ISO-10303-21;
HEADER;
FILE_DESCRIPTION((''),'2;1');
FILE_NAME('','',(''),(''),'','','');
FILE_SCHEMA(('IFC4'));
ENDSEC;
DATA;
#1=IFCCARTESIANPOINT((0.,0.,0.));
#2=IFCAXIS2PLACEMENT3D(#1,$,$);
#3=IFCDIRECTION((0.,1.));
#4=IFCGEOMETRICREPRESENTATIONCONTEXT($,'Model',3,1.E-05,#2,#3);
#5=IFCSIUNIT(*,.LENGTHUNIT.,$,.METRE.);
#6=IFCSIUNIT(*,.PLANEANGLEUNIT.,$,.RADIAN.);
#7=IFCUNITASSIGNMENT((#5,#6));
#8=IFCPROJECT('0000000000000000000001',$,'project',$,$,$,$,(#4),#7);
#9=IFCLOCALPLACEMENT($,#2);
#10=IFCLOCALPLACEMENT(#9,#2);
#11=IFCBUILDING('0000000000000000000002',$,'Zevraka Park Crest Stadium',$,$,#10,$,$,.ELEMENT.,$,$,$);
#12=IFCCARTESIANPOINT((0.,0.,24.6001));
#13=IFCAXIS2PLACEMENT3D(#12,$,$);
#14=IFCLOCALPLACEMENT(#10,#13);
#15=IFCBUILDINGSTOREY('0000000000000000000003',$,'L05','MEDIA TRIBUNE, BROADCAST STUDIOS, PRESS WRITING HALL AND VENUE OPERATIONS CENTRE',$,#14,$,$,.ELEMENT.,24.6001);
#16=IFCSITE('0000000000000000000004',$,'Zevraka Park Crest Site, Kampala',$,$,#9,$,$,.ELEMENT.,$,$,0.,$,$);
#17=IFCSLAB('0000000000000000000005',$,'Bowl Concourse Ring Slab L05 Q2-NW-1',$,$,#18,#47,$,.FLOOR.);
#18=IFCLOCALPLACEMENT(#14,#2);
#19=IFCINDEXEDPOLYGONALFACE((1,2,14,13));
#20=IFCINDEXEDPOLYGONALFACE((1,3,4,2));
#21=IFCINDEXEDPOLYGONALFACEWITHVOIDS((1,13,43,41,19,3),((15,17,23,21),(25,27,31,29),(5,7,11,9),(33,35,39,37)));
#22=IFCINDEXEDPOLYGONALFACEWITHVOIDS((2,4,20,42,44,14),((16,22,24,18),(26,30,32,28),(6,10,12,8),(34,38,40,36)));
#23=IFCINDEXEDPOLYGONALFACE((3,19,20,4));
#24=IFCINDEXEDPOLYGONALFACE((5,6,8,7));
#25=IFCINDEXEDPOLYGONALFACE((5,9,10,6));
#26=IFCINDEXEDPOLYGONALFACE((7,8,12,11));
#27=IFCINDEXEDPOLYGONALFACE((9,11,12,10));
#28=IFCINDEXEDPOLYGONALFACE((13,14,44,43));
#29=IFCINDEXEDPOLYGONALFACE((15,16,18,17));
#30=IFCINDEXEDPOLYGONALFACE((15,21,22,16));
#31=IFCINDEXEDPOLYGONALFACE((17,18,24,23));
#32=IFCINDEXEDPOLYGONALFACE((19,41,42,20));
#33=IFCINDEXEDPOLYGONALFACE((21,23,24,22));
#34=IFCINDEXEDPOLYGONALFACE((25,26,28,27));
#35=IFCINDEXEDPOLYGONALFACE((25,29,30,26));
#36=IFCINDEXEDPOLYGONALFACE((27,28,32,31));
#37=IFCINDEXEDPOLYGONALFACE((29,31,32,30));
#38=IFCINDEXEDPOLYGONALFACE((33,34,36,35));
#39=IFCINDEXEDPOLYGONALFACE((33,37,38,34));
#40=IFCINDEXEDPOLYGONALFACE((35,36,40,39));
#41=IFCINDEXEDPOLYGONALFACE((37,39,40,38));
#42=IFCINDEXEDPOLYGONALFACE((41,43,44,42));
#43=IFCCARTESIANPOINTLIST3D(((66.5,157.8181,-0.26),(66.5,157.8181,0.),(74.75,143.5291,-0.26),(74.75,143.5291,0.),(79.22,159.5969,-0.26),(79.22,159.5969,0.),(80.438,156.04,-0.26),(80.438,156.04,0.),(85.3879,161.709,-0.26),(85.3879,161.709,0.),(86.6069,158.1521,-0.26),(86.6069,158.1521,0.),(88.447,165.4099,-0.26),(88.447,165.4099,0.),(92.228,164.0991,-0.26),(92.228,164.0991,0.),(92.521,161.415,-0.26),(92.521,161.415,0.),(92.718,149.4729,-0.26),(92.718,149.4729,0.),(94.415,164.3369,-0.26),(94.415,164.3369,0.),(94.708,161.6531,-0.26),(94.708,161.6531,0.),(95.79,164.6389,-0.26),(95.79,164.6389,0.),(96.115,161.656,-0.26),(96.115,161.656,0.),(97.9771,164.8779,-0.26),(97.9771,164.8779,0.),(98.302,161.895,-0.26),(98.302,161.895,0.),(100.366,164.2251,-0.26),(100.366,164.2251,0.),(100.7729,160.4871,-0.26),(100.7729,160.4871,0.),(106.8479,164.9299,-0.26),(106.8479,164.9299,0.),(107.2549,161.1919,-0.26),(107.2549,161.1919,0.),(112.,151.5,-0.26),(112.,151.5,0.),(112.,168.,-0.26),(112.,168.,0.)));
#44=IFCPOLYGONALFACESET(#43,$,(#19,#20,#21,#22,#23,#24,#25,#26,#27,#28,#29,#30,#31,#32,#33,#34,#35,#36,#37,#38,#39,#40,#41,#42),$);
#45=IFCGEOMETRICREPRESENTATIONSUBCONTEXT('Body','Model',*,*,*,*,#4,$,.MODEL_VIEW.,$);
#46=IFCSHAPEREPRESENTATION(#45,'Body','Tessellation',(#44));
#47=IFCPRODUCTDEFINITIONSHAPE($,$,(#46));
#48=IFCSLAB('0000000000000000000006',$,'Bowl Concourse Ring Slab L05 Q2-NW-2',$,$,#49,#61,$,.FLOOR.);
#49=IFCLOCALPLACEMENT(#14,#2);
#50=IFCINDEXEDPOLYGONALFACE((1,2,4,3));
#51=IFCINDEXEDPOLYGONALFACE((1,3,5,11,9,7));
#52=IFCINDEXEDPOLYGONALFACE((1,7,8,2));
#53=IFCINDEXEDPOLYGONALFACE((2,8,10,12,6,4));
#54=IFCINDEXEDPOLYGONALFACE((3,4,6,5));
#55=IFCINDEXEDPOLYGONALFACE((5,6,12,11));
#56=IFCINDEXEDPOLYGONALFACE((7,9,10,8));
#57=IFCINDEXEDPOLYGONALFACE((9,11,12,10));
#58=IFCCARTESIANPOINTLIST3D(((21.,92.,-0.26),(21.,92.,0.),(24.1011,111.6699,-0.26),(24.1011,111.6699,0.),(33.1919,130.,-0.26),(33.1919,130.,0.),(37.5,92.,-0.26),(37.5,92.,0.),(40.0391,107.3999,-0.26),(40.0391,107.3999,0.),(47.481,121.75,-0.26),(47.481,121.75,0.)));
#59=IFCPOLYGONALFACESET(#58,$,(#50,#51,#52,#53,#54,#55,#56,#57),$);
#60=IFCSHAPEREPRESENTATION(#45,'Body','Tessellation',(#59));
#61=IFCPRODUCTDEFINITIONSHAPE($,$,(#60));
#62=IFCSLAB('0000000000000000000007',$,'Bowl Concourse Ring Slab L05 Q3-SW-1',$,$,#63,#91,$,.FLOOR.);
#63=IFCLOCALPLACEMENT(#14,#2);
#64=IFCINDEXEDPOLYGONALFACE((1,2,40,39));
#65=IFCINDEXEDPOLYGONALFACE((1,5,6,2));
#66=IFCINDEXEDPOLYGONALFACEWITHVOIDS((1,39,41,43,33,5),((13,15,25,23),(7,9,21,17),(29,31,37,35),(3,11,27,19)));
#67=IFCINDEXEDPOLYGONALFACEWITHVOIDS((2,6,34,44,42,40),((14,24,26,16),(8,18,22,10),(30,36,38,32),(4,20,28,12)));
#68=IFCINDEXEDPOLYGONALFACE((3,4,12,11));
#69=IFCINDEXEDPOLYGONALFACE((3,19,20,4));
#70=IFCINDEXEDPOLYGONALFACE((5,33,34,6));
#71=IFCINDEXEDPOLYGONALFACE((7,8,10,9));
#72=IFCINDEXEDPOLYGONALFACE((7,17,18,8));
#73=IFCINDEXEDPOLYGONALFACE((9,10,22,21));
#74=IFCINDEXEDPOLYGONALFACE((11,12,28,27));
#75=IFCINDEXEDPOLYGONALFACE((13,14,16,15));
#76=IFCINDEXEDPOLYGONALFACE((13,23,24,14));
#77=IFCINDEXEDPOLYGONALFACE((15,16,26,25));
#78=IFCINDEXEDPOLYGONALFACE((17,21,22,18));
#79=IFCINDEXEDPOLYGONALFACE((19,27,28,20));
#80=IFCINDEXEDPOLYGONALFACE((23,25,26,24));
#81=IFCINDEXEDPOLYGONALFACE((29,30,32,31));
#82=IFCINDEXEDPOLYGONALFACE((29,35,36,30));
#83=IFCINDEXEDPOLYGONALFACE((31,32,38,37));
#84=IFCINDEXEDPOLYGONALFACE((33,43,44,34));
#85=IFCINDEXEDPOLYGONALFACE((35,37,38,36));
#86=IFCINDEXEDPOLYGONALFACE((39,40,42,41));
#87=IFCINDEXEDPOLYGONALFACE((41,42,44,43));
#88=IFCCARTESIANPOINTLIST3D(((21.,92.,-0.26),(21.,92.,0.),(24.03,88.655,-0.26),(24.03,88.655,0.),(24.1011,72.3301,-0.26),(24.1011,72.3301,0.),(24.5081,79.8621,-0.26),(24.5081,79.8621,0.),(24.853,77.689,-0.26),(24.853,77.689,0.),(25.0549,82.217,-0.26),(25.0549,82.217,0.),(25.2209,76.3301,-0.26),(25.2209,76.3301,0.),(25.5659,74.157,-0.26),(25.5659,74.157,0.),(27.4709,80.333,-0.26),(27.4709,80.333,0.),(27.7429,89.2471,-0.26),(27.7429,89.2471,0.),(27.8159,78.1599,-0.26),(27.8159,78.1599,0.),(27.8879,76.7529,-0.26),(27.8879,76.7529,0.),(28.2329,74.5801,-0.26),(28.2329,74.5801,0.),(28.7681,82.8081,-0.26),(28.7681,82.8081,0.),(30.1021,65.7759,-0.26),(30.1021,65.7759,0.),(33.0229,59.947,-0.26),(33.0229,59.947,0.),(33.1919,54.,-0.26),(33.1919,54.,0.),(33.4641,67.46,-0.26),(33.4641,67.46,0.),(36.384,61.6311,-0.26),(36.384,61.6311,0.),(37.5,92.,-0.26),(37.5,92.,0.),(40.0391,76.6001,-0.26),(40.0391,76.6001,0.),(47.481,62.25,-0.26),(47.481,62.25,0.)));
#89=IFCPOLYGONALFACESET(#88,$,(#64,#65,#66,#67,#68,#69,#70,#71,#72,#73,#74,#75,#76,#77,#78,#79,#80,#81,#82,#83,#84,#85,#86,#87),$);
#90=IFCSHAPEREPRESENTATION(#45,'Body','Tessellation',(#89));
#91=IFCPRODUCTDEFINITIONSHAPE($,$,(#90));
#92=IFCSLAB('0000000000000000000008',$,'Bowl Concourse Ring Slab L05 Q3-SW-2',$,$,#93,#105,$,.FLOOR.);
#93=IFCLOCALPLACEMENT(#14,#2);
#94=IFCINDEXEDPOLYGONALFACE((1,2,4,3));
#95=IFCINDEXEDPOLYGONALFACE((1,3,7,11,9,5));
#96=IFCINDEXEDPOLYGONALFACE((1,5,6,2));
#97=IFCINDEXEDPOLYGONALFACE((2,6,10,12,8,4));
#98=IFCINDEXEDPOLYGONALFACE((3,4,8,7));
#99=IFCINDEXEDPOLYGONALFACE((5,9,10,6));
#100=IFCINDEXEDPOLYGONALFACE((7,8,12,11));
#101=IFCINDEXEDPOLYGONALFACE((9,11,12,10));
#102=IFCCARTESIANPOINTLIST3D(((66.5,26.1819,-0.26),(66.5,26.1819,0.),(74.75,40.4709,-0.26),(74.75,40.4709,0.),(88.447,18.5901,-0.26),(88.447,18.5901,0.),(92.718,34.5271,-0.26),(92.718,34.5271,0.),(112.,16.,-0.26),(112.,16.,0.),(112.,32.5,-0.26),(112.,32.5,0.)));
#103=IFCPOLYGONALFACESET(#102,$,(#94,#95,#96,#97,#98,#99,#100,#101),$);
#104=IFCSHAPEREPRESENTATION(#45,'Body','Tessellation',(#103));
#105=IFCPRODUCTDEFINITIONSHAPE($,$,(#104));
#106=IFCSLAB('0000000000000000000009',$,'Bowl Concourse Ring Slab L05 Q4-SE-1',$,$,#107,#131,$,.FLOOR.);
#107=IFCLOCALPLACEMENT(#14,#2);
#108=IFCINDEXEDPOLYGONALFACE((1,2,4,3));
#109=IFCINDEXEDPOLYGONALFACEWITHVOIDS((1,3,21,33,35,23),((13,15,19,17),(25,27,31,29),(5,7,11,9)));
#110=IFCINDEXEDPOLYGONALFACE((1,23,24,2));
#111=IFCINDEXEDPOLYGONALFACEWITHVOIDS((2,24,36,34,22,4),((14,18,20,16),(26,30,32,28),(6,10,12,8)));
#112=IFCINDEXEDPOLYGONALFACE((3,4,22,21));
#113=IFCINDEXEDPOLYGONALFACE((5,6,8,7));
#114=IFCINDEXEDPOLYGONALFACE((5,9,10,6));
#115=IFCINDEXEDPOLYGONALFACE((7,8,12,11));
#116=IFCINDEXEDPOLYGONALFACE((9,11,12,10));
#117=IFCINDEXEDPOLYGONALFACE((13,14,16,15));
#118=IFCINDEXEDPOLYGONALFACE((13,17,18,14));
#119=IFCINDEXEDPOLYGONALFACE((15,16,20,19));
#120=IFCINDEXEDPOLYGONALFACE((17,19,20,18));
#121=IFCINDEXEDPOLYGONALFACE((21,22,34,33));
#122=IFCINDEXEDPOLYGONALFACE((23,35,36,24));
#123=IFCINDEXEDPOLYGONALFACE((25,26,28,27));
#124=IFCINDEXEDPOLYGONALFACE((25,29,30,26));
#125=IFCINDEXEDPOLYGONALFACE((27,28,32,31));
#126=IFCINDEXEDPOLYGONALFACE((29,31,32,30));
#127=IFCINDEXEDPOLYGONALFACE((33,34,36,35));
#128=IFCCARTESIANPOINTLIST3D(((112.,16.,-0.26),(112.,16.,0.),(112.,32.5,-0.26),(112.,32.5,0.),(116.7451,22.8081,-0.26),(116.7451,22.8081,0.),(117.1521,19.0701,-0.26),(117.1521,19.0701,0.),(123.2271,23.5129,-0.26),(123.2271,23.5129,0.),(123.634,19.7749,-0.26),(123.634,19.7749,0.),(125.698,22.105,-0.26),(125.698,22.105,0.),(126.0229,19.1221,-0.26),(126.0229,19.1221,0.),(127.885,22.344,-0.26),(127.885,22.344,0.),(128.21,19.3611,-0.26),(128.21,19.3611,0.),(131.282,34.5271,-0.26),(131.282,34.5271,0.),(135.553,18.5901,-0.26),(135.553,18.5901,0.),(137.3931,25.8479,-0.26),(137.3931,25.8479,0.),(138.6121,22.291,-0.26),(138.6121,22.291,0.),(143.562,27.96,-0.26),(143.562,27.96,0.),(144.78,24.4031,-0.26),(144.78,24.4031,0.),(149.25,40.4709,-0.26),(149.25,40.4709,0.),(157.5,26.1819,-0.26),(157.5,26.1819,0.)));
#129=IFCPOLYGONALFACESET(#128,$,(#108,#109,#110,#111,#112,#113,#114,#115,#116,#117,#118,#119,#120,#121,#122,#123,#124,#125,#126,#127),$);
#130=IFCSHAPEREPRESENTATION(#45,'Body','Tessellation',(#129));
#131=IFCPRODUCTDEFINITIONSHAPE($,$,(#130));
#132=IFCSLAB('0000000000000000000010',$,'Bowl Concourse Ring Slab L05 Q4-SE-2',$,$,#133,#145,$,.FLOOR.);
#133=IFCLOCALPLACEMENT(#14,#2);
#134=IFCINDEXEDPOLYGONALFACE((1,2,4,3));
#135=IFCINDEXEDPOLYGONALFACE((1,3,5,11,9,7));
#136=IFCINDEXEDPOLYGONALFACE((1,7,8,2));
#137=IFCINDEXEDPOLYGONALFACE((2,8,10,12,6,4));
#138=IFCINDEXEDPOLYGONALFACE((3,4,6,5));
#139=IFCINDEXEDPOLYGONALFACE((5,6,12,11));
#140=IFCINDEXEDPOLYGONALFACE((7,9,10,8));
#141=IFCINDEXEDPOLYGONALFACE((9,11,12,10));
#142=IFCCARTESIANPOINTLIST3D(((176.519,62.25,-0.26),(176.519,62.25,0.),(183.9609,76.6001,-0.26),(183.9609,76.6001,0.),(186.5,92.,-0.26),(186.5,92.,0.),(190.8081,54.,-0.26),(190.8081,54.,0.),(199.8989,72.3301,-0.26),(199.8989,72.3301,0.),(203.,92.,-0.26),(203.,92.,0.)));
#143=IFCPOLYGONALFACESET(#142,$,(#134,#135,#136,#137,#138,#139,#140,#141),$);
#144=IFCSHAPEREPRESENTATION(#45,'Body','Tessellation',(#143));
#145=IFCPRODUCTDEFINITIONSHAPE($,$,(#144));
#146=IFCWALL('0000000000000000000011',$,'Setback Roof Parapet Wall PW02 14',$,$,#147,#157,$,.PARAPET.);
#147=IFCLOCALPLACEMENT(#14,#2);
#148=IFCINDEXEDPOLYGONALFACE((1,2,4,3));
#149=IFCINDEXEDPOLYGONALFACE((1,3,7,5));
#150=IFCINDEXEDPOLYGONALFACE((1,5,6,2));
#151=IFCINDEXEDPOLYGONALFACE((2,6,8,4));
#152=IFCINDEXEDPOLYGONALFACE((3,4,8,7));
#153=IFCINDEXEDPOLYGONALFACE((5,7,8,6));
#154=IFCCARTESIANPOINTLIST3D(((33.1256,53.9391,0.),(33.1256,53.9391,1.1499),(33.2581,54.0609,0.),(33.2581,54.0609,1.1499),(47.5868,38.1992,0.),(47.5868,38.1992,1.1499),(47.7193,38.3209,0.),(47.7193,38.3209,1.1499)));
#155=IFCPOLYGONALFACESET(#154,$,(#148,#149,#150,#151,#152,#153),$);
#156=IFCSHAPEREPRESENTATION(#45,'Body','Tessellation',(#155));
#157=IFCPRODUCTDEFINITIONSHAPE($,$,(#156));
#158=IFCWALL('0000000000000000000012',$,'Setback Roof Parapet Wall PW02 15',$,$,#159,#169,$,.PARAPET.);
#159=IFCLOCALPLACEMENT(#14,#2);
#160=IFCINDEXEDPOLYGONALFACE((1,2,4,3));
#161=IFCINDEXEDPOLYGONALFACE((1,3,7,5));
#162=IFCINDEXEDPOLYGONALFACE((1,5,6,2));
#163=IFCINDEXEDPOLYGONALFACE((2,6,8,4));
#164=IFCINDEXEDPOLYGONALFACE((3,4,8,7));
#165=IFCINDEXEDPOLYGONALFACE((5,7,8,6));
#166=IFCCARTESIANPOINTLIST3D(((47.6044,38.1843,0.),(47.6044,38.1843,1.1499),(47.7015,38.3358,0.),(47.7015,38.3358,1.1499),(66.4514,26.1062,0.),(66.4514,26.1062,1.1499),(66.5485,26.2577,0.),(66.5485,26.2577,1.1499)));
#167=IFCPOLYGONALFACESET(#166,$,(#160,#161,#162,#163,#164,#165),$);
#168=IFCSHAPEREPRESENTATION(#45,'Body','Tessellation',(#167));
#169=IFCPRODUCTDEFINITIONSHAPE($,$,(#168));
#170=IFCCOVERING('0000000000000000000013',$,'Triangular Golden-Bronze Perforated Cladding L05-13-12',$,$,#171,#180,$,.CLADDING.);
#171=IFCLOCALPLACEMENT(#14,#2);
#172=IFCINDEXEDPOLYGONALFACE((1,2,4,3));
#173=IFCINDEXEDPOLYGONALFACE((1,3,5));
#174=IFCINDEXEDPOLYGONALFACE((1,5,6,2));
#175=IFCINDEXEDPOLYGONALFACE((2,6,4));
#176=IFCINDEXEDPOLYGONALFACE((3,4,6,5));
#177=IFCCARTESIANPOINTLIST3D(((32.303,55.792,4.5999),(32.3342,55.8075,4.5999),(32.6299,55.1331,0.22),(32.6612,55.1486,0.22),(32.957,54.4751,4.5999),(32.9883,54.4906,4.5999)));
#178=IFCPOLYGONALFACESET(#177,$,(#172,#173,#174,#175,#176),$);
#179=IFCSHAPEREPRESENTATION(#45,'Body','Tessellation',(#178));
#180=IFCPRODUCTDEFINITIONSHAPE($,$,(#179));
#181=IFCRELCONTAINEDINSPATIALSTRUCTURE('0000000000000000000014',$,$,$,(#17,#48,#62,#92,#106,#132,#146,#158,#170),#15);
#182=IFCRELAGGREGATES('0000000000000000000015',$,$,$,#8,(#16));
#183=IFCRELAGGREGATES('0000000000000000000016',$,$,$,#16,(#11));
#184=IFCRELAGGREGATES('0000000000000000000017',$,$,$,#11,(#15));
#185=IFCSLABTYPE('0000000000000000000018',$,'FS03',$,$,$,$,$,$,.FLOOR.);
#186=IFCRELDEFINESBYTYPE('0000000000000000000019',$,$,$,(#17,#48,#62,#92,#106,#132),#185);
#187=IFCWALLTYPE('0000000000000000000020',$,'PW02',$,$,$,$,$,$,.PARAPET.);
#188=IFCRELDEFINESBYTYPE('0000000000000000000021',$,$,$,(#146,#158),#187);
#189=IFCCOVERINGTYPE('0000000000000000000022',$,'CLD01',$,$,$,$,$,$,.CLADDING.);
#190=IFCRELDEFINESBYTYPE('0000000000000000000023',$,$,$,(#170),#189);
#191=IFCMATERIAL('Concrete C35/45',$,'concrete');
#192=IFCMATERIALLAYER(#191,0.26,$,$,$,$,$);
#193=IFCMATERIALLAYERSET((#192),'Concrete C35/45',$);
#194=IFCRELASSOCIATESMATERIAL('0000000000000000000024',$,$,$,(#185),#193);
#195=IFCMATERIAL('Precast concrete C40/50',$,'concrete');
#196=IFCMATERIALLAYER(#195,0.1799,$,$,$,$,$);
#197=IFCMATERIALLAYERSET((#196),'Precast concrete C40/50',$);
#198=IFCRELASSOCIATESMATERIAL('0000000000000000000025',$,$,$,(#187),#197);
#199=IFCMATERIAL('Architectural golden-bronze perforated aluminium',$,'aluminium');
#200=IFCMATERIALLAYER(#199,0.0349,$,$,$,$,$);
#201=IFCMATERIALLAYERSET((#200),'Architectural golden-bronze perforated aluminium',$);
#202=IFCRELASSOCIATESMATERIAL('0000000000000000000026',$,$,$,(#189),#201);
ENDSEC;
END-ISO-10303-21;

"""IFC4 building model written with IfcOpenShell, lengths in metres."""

from ifc_helpers import new_model, si_unit, direction, frame, frame_2d, origin, place, context, subcontext, project, spatial, polyline, rectangle, outline, extrude, material, layer, layer_set, type_object, element, save


model = new_model("IFC4")

# Units and contexts
model_context = context("Model", 3, precision=1e-05, world=origin(), true_north=direction((0.0, 1.0)))
body_context = subcontext(model_context, "Body", "Model", "MODEL_VIEW")
ifc_project = project(units=[si_unit("LENGTHUNIT", "METRE"), si_unit("PLANEANGLEUNIT", "RADIAN")], contexts=[model_context])

# Site, building, storey
site_placement = place(None, origin())
site = spatial("IfcSite", under=ifc_project, at=site_placement, Name="Zevraka Park Crest Site, Kampala", CompositionType="ELEMENT", RefElevation=0.0)
building_placement = place(site_placement, origin())
building = spatial("IfcBuilding", under=site, at=building_placement, Name="Zevraka Park Crest Stadium", CompositionType="ELEMENT")
storey_placement = place(building_placement, frame((0.0, 0.0, 24.6001)))
storey = spatial("IfcBuildingStorey", under=building, at=storey_placement, Name="L05", Description="MEDIA TRIBUNE, BROADCAST STUDIOS, PRESS WRITING HALL AND VENUE OPERATIONS CENTRE", CompositionType="ELEMENT", Elevation=24.6001)

# Slabs
ifc_material_1 = material(Name="Concrete C35/45", Category="concrete")
ifc_layer_1 = layer(ifc_material_1, 0.26)
ifc_layer_set_1 = layer_set([ifc_layer_1], Name="Concrete C35/45")
slab_type = type_object("IfcSlabType", Name="FS03", PredefinedType="FLOOR", material=ifc_layer_set_1)
slab_1_placement = place(storey_placement, frame((0.0, 0.0, -0.26)))
element("IfcSlab", 1, at=slab_1_placement, inside=storey, type_object=slab_type, Name="Bowl Concourse Ring Slab L05 Q2-NW-1", PredefinedType="FLOOR", context=body_context, shape_type="SweptSolid", body=[
    extrude(outline(polyline([(92.718, 149.4729), (74.75, 143.5291), (66.5, 157.8181), (88.447, 165.4099), (112.0, 168.0), (112.0, 151.5), (92.718, 149.4729)]), holes=[polyline([(86.6069, 158.1521), (85.3879, 161.709), (79.22, 159.5969), (80.438, 156.04), (86.6069, 158.1521)]), polyline([(107.2549, 161.1919), (106.8479, 164.9299), (100.366, 164.2251), (100.7729, 160.4871), (107.2549, 161.1919)]), polyline([(94.708, 161.6531), (94.415, 164.3369), (92.228, 164.0991), (92.521, 161.415), (94.708, 161.6531)]), polyline([(98.302, 161.895), (97.9771, 164.8779), (95.79, 164.6389), (96.115, 161.656), (98.302, 161.895)])]), origin(), (0.0, 0.0, 1.0), 0.26),
])
slab_2_placement = place(storey_placement, frame((0.0, 0.0, -0.26)))
element("IfcSlab", 2, at=slab_2_placement, inside=storey, type_object=slab_type, Name="Bowl Concourse Ring Slab L05 Q2-NW-2", PredefinedType="FLOOR", context=body_context, shape_type="SweptSolid", body=[
    extrude(outline(polyline([(47.481, 121.75), (40.0391, 107.3999), (37.5, 92.0), (21.0, 92.0), (24.1011, 111.6699), (33.1919, 130.0), (47.481, 121.75)])), origin(), (0.0, 0.0, 1.0), 0.26),
])
slab_3_placement = place(storey_placement, frame((0.0, 0.0, -0.26)))
element("IfcSlab", 3, at=slab_3_placement, inside=storey, type_object=slab_type, Name="Bowl Concourse Ring Slab L05 Q3-SW-1", PredefinedType="FLOOR", context=body_context, shape_type="SweptSolid", body=[
    extrude(outline(polyline([(40.0391, 76.6001), (47.481, 62.25), (33.1919, 54.0), (24.1011, 72.3301), (21.0, 92.0), (37.5, 92.0), (40.0391, 76.6001)]), holes=[polyline([(33.4641, 67.46), (30.1021, 65.7759), (33.0229, 59.947), (36.384, 61.6311), (33.4641, 67.46)]), polyline([(27.8879, 76.7529), (25.2209, 76.3301), (25.5659, 74.157), (28.2329, 74.5801), (27.8879, 76.7529)]), polyline([(27.4709, 80.333), (24.5081, 79.8621), (24.853, 77.689), (27.8159, 78.1599), (27.4709, 80.333)]), polyline([(27.7429, 89.2471), (24.03, 88.655), (25.0549, 82.217), (28.7681, 82.8081), (27.7429, 89.2471)])]), origin(), (0.0, 0.0, 1.0), 0.26),
])
slab_4_placement = place(storey_placement, frame((0.0, 0.0, -0.26)))
element("IfcSlab", 4, at=slab_4_placement, inside=storey, type_object=slab_type, Name="Bowl Concourse Ring Slab L05 Q3-SW-2", PredefinedType="FLOOR", context=body_context, shape_type="SweptSolid", body=[
    extrude(outline(polyline([(74.75, 40.4709), (92.718, 34.5271), (112.0, 32.5), (112.0, 16.0), (88.447, 18.5901), (66.5, 26.1819), (74.75, 40.4709)])), origin(), (0.0, 0.0, 1.0), 0.26),
])
slab_5_placement = place(storey_placement, frame((0.0, 0.0, -0.26)))
element("IfcSlab", 5, at=slab_5_placement, inside=storey, type_object=slab_type, Name="Bowl Concourse Ring Slab L05 Q4-SE-1", PredefinedType="FLOOR", context=body_context, shape_type="SweptSolid", body=[
    extrude(outline(polyline([(131.282, 34.5271), (149.25, 40.4709), (157.5, 26.1819), (135.553, 18.5901), (112.0, 16.0), (112.0, 32.5), (131.282, 34.5271)]), holes=[polyline([(126.0229, 19.1221), (128.21, 19.3611), (127.885, 22.344), (125.698, 22.105), (126.0229, 19.1221)]), polyline([(116.7451, 22.8081), (117.1521, 19.0701), (123.634, 19.7749), (123.2271, 23.5129), (116.7451, 22.8081)]), polyline([(137.3931, 25.8479), (138.6121, 22.291), (144.78, 24.4031), (143.562, 27.96), (137.3931, 25.8479)])]), origin(), (0.0, 0.0, 1.0), 0.26),
])
slab_6_placement = place(storey_placement, frame((0.0, 0.0, -0.26)))
element("IfcSlab", 6, at=slab_6_placement, inside=storey, type_object=slab_type, Name="Bowl Concourse Ring Slab L05 Q4-SE-2", PredefinedType="FLOOR", context=body_context, shape_type="SweptSolid", body=[
    extrude(outline(polyline([(176.519, 62.25), (183.9609, 76.6001), (186.5, 92.0), (203.0, 92.0), (199.8989, 72.3301), (190.8081, 54.0), (176.519, 62.25)])), origin(), (0.0, 0.0, 1.0), 0.26),
])

# Walls
ifc_material_2 = material(Name="Precast concrete C40/50", Category="concrete")
ifc_layer_2 = layer(ifc_material_2, 0.1799)
ifc_layer_set_2 = layer_set([ifc_layer_2], Name="Precast concrete C40/50")
wall_type = type_object("IfcWallType", Name="PW02", PredefinedType="PARAPET", material=ifc_layer_set_2)
wall_1_placement = place(storey_placement, frame((33.1919, 54.0, 0.0), z_axis=(0.0, 0.0, 1.0), x_axis=(0.67656, -0.736388, 0.0)))
element("IfcWall", 7, at=wall_1_placement, inside=storey, type_object=wall_type, Name="Setback Roof Parapet Wall PW02 14", PredefinedType="PARAPET", context=body_context, shape_type="SweptSolid", body=[
    extrude(rectangle(XDim=21.3745, YDim=0.1799, at=frame_2d((10.6873, 0.0))), origin(), (0.0, 0.0, 1.0), 1.1499),
])
wall_2_placement = place(storey_placement, frame((47.6531, 38.26, 0.0), z_axis=(0.0, 0.0, 1.0), x_axis=(0.841945, -0.539564, 0.0)))
element("IfcWall", 8, at=wall_2_placement, inside=storey, type_object=wall_type, Name="Setback Roof Parapet Wall PW02 15", PredefinedType="PARAPET", context=body_context, shape_type="SweptSolid", body=[
    extrude(rectangle(XDim=22.385, YDim=0.1799, at=frame_2d((11.1924, 0.0))), origin(), (0.0, 0.0, 1.0), 1.1499),
])

# Covering
ifc_material_3 = material(Name="Architectural golden-bronze perforated aluminium", Category="aluminium")
ifc_layer_3 = layer(ifc_material_3, 0.0349)
ifc_layer_set_3 = layer_set([ifc_layer_3], Name="Architectural golden-bronze perforated aluminium")
covering_type_1 = type_object("IfcCoveringType", Name="CLD01", PredefinedType="CLADDING", material=ifc_layer_set_3)
covering_1_placement = place(storey_placement, frame((32.957, 54.4751, 4.5999), z_axis=(-0.895619, -0.444821, 0.000075), x_axis=(-0.444821, 0.895619, 0.0)))
element("IfcCovering", 9, at=covering_1_placement, inside=storey, type_object=covering_type_1, Name="Triangular Golden-Bronze Perforated Cladding L05-13-12", PredefinedType="CLADDING", context=body_context, shape_type="SweptSolid", body=[
    extrude(outline(polyline([(0.0, 0.0), (1.4704, 0.0), (0.7348, 4.3799), (0.0, 0.0)])), origin(), (0.0, 0.0, -1.0), 0.0349),
])

save(model, "model.ifc")
